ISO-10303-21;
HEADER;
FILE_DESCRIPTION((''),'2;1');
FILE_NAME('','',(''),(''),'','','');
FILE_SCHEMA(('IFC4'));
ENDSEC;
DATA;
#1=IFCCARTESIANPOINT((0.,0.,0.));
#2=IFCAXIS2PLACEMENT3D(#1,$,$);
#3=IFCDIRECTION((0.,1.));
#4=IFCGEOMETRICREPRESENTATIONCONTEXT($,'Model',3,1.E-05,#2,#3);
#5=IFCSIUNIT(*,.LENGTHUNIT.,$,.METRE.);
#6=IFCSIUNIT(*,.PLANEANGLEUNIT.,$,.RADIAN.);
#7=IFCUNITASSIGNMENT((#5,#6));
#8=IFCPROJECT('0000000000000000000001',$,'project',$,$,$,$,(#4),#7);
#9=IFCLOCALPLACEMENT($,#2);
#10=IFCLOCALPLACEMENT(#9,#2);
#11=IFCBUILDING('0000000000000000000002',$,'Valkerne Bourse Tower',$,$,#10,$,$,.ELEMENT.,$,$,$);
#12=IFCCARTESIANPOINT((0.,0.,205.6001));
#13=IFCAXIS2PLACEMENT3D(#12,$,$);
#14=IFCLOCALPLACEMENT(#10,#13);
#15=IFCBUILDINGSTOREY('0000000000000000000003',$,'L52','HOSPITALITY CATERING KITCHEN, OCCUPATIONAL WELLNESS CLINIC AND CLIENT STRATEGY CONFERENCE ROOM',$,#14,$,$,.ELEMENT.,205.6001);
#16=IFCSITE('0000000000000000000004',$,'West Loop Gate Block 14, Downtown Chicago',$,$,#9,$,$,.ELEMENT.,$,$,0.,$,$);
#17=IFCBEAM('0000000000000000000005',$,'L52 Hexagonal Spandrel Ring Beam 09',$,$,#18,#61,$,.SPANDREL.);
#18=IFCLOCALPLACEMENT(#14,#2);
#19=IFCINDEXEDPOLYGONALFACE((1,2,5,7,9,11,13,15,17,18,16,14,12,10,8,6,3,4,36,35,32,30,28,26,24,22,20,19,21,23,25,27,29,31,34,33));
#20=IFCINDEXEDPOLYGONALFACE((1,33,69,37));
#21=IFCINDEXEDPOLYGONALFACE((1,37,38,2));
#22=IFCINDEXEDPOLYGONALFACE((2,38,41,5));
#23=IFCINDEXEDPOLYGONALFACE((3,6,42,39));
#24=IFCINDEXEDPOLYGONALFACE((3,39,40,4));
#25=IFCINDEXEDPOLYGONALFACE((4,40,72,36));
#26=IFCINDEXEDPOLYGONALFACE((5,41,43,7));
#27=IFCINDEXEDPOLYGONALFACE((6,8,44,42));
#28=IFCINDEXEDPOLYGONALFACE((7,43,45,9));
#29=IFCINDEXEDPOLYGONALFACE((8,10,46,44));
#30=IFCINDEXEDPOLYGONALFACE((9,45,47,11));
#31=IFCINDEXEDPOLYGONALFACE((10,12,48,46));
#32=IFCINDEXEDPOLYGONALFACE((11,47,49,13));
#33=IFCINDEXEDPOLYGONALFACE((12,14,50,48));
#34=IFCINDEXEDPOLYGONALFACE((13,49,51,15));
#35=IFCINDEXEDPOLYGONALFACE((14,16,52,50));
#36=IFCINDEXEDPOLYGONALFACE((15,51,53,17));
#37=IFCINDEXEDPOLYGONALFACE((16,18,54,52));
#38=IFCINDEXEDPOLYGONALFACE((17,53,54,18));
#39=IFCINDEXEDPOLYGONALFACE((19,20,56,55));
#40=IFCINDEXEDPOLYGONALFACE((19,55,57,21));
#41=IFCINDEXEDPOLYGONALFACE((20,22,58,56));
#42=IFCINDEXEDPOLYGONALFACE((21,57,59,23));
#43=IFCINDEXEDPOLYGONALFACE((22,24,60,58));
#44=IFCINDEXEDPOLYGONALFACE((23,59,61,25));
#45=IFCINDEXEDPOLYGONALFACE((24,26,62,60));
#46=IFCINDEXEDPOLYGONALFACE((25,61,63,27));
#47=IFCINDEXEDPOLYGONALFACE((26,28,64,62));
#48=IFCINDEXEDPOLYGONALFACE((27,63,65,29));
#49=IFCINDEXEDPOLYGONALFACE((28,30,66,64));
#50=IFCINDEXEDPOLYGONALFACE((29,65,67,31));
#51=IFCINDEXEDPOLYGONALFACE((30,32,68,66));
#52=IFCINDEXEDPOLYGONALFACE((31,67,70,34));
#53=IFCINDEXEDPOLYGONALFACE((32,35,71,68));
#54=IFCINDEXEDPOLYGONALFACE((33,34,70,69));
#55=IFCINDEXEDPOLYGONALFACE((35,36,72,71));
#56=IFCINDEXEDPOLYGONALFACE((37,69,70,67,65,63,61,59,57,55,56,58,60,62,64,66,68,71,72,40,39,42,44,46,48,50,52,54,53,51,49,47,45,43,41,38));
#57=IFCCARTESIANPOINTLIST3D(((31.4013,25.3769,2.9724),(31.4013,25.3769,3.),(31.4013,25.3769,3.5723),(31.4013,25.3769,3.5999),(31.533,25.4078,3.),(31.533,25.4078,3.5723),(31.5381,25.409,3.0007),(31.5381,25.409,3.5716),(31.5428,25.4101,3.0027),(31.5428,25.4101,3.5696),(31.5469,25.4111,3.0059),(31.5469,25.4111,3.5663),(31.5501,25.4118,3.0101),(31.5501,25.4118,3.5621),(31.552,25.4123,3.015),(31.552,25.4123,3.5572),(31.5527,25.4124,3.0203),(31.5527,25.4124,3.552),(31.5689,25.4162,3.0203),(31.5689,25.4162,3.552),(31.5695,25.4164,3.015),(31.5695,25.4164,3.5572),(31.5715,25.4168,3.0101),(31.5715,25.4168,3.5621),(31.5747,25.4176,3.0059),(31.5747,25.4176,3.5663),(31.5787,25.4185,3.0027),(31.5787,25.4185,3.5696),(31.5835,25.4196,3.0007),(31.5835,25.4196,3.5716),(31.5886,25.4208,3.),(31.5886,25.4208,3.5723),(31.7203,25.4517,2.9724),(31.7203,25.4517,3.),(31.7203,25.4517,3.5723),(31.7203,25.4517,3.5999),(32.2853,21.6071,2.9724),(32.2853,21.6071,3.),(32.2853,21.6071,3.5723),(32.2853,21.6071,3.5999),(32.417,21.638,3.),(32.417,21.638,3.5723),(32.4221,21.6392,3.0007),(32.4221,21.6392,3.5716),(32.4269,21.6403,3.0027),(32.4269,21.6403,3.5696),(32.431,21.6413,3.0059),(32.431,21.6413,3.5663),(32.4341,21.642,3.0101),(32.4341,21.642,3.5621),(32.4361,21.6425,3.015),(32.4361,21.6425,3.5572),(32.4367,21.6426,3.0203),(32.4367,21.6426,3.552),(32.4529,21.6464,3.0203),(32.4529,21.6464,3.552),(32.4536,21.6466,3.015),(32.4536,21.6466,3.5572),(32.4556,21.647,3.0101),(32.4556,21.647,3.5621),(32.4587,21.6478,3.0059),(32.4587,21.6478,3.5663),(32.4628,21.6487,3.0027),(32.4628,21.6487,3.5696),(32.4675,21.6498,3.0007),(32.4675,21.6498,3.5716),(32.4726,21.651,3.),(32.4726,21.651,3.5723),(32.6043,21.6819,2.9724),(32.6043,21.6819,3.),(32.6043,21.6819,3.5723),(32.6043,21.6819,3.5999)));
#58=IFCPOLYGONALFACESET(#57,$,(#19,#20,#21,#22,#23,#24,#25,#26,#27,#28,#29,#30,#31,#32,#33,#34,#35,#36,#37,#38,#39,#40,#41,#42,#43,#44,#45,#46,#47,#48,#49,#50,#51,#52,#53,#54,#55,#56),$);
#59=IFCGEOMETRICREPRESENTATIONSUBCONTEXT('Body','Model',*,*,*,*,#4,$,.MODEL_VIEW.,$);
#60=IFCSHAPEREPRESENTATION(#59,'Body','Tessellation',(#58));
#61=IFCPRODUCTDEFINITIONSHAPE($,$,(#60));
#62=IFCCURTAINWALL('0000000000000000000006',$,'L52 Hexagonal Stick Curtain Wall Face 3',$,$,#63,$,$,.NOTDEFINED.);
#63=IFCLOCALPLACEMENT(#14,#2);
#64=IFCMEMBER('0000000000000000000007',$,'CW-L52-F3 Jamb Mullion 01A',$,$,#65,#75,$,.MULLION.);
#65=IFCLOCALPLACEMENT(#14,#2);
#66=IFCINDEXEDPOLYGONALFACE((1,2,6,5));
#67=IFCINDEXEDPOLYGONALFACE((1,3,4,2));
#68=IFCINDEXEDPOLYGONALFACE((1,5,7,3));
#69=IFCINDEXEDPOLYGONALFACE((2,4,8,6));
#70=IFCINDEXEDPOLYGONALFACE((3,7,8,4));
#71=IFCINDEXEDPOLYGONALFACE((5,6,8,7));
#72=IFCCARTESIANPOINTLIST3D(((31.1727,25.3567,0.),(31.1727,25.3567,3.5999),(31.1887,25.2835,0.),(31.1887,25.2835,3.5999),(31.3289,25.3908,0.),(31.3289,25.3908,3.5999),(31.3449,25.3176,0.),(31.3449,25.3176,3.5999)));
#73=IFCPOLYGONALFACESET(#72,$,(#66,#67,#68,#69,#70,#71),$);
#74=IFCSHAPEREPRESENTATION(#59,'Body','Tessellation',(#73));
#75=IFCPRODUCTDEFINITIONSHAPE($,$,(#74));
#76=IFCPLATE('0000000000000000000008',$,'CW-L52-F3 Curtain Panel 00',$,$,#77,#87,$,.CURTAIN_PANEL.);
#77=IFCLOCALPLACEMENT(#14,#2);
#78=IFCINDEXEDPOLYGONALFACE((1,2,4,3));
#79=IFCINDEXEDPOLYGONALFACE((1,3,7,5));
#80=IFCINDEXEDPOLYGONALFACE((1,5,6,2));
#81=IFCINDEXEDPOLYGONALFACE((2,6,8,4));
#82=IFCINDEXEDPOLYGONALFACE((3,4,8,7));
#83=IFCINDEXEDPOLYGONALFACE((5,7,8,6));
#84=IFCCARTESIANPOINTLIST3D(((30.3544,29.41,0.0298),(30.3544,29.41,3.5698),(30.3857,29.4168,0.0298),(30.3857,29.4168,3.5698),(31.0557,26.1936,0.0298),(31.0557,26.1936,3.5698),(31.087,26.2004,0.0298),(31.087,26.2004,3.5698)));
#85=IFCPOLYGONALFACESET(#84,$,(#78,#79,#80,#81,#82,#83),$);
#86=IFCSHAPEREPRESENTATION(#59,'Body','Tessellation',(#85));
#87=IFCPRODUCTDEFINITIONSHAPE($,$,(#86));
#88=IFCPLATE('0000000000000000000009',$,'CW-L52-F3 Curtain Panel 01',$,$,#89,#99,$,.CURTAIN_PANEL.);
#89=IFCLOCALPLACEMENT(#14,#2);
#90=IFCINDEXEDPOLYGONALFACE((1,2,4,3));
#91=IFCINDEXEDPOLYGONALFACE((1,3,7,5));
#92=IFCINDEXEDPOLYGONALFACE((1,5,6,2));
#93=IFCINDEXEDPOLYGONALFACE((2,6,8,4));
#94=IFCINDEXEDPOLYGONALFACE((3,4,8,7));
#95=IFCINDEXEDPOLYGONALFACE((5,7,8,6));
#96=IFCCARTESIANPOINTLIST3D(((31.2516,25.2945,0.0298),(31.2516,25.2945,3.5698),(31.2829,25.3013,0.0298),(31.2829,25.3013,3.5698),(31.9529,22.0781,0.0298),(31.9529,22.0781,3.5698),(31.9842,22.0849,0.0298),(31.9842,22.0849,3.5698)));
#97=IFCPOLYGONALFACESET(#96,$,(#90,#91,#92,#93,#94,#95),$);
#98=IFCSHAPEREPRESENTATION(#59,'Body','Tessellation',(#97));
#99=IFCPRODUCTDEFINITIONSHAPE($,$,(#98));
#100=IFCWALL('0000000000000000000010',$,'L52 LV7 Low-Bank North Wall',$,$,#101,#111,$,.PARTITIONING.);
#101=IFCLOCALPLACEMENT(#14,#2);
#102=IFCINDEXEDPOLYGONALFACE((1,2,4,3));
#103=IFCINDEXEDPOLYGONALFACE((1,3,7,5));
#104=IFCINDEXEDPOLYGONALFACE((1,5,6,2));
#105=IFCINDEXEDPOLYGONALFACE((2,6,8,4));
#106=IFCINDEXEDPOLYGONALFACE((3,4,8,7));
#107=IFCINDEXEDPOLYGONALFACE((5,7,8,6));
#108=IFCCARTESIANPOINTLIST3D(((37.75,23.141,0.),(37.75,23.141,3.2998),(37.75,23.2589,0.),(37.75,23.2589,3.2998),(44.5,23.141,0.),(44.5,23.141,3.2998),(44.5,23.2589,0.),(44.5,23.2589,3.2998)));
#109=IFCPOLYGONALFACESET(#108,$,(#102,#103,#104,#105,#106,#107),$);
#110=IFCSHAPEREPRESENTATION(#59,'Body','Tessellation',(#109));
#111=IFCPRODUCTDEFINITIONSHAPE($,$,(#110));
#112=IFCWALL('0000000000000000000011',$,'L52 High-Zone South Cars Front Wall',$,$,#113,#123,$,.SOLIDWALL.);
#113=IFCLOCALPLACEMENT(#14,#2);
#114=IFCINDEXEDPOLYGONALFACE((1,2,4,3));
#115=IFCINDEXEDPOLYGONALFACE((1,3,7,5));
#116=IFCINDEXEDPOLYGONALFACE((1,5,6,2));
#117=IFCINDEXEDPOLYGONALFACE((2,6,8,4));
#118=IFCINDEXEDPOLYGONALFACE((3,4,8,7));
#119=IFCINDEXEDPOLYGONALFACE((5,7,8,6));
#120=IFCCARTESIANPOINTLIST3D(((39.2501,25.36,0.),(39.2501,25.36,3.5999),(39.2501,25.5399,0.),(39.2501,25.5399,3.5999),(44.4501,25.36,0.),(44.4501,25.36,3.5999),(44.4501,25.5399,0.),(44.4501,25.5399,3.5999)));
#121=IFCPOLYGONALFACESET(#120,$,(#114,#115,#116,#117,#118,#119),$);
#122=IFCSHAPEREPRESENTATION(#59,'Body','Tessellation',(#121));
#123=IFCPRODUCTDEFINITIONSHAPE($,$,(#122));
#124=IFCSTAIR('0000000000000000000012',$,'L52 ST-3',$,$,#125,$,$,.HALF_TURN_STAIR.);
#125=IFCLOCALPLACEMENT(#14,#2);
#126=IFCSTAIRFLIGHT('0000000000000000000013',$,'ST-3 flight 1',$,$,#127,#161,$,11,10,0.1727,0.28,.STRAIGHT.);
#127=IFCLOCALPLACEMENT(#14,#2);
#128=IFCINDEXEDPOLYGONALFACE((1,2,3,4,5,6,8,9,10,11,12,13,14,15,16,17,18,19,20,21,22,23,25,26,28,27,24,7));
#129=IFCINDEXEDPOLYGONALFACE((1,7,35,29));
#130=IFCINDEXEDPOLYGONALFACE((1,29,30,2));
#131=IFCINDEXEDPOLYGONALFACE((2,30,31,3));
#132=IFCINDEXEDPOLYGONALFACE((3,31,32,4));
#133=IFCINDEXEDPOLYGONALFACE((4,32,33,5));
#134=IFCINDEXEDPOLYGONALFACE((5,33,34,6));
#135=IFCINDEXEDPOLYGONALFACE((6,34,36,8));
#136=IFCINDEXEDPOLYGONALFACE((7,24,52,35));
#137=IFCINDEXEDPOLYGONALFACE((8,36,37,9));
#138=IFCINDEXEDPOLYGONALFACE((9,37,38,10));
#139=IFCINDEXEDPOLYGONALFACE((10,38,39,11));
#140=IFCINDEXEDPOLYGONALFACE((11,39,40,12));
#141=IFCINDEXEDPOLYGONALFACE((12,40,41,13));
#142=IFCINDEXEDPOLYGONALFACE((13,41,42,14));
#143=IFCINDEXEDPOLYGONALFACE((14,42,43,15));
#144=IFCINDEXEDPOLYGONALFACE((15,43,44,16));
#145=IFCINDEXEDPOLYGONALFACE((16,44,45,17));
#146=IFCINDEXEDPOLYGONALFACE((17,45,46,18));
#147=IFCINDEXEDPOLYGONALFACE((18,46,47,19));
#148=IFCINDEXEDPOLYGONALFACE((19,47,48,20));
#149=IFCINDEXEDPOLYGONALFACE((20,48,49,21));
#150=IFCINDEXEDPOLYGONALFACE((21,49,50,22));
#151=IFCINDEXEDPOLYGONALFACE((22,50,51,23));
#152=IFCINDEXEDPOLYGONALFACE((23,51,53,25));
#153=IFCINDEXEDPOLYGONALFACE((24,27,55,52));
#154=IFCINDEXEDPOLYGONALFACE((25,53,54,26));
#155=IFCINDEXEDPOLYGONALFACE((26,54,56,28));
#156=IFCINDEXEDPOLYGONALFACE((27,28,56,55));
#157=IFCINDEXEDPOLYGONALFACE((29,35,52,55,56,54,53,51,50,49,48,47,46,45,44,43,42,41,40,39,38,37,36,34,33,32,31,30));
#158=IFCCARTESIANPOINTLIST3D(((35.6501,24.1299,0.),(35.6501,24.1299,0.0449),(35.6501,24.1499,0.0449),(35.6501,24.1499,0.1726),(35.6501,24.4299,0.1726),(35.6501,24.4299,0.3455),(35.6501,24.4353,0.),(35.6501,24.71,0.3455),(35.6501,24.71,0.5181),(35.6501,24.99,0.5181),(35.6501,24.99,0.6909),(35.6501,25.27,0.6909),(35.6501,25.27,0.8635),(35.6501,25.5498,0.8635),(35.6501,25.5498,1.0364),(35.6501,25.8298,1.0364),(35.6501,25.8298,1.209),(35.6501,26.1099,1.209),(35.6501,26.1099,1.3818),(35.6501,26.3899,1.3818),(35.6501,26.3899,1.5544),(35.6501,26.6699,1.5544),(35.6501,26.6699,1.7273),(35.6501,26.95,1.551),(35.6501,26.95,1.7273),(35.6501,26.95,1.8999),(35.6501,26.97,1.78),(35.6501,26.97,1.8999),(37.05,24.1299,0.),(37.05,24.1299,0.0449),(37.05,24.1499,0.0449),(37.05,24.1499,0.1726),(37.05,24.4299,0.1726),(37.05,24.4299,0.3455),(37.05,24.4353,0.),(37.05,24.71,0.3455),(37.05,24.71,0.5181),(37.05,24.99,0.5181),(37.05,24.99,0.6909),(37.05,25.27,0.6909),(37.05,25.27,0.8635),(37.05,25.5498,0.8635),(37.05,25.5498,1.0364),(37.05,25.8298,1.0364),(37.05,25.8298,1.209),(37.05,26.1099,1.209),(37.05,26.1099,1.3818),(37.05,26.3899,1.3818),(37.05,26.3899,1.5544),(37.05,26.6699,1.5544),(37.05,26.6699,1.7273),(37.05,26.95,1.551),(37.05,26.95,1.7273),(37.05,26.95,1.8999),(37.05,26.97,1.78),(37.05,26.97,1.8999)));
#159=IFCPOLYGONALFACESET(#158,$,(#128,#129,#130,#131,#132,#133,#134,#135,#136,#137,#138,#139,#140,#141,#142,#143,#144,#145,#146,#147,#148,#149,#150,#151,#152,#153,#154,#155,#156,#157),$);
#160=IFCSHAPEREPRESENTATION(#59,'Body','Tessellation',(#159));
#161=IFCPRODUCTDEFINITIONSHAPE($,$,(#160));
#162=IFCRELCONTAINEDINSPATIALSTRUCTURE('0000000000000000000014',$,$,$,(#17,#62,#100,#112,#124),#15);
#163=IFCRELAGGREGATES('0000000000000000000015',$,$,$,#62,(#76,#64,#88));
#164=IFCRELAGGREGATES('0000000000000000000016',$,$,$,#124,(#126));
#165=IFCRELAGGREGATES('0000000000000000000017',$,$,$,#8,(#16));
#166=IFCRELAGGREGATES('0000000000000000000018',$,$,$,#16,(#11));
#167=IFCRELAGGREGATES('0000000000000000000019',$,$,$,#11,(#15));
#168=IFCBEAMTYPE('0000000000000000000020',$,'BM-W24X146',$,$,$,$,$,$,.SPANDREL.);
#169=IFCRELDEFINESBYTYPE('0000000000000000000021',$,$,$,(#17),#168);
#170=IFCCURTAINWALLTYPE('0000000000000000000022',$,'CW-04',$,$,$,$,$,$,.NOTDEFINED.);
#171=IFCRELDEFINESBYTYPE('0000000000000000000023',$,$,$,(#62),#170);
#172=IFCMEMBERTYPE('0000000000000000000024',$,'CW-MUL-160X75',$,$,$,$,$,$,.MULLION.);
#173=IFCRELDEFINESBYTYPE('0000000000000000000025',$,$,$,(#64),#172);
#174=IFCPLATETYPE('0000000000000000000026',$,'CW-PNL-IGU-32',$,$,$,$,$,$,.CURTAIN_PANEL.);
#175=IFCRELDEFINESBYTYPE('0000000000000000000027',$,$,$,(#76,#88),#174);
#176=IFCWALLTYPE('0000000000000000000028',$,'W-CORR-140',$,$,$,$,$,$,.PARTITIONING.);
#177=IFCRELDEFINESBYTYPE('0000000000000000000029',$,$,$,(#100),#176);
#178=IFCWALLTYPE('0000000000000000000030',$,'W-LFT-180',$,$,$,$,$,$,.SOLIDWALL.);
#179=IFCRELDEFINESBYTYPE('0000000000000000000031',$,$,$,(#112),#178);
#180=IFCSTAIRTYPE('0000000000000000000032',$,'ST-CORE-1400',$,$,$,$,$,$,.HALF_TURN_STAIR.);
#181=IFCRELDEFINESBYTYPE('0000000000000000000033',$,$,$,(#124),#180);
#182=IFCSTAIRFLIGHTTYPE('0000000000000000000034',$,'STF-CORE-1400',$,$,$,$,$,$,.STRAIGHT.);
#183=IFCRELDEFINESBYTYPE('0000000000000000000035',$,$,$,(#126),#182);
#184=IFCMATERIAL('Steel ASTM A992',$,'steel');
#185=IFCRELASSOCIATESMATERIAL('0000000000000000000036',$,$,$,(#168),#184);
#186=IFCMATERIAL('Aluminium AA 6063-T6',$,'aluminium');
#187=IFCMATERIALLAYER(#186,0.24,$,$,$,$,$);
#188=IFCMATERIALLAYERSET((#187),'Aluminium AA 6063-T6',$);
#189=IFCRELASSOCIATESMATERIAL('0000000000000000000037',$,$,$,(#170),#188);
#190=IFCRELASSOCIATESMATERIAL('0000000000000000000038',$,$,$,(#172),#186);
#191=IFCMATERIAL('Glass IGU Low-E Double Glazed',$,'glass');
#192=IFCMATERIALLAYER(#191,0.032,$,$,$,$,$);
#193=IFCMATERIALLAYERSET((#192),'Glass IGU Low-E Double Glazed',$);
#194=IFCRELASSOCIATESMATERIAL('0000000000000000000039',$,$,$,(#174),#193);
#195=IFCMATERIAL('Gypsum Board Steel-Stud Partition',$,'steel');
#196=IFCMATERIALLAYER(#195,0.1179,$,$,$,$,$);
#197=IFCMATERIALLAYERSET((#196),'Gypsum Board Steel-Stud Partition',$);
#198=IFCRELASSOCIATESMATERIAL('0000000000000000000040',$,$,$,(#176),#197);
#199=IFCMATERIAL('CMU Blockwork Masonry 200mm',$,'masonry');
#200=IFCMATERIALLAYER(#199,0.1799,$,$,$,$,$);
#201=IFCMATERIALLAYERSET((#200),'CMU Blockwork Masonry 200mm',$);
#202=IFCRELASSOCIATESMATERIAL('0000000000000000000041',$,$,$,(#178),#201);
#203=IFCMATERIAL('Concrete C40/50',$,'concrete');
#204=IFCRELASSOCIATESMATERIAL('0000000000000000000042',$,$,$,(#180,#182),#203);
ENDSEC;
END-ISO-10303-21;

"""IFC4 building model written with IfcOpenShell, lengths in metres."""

from ifc_helpers import new_model, si_unit, direction, frame, frame_2d, origin, origin_2d, place, context, subcontext, project, spatial, polyline, rectangle, i_section, outline, extrude, material, layer, layer_set, material_profile, profile_set, type_object, element, aggregate, save


model = new_model("IFC4")

# Units and contexts
model_context = context("Model", 3, precision=1e-05, world=origin(), true_north=direction((0.0, 1.0)))
body_context = subcontext(model_context, "Body", "Model", "MODEL_VIEW")
ifc_project = project(units=[si_unit("LENGTHUNIT", "METRE"), si_unit("PLANEANGLEUNIT", "RADIAN")], contexts=[model_context])

# Site, building, storey
site_placement = place(None, origin())
site = spatial("IfcSite", under=ifc_project, at=site_placement, Name="West Loop Gate Block 14, Downtown Chicago", CompositionType="ELEMENT", RefElevation=0.0)
building_placement = place(site_placement, origin())
building = spatial("IfcBuilding", under=site, at=building_placement, Name="Valkerne Bourse Tower", CompositionType="ELEMENT")
storey_placement = place(building_placement, frame((0.0, 0.0, 205.6001)))
storey = spatial("IfcBuildingStorey", under=building, at=storey_placement, Name="L52", Description="HOSPITALITY CATERING KITCHEN, OCCUPATIONAL WELLNESS CLINIC AND CLIENT STRATEGY CONFERENCE ROOM", CompositionType="ELEMENT", Elevation=205.6001)

# Beam
ifc_material_1 = material(Name="Steel ASTM A992", Category="steel")
ifc_material_profile_1 = material_profile(ifc_material_1, i_section(OverallWidth=0.3276, OverallDepth=0.6274, WebThickness=0.0166, FlangeThickness=0.0276, FilletRadius=0.0203, at=origin_2d()), Name="W24X146")
ifc_profile_set_1 = profile_set([ifc_material_profile_1], Name="Steel ASTM A992")
beam_type_1 = type_object("IfcBeamType", Name="BM-W24X146", PredefinedType="SPANDREL", material=ifc_profile_set_1)
beam_1_placement = place(storey_placement, frame((31.5608, 25.4143, 3.2861), z_axis=(0.228312, -0.973588, 0.0), x_axis=(0.973588, 0.228312, 0.0)))
element("IfcBeam", 1, at=beam_1_placement, inside=storey, type_object=beam_type_1, Name="L52 Hexagonal Spandrel Ring Beam 09", PredefinedType="SPANDREL", context=body_context, shape_type="SweptSolid", body=[
    extrude(i_section(OverallWidth=0.3276, OverallDepth=0.6274, WebThickness=0.0166, FlangeThickness=0.0276, FilletRadius=0.0203, at=origin_2d()), origin(), (0.0, 0.0, 1.0), 3.8721),
])

# Curtain wall, member, plates
ifc_material_2 = material(Name="Aluminium AA 6063-T6", Category="aluminium")
ifc_layer_1 = layer(ifc_material_2, 0.24)
ifc_layer_set_1 = layer_set([ifc_layer_1], Name="Aluminium AA 6063-T6")
curtain_wall_type = type_object("IfcCurtainWallType", Name="CW-04", PredefinedType="NOTDEFINED", material=ifc_layer_set_1)
curtain_wall_placement = place(storey_placement, origin())
curtain_wall = element("IfcCurtainWall", 2, at=curtain_wall_placement, inside=storey, type_object=curtain_wall_type, Name="L52 Hexagonal Stick Curtain Wall Face 3", PredefinedType="NOTDEFINED")
ifc_material_profile_2 = material_profile(ifc_material_2, rectangle(XDim=0.075, YDim=0.1599, at=origin_2d()), Name="CWM-75X160")
ifc_profile_set_2 = profile_set([ifc_material_profile_2], Name="Aluminium AA 6063-T6")
member_type = type_object("IfcMemberType", Name="CW-MUL-160X75", PredefinedType="MULLION", material=ifc_profile_set_2)
member_placement = place(storey_placement, frame((31.2588, 25.3372, 0.0), z_axis=(0.0, 0.0, 1.0), x_axis=(0.21303, -0.977046, 0.0)))
member = element("IfcMember", 3, at=member_placement, type_object=member_type, Name="CW-L52-F3 Jamb Mullion 01A", PredefinedType="MULLION", context=body_context, shape_type="SweptSolid", body=[
    extrude(rectangle(XDim=0.075, YDim=0.1599, at=origin_2d()), origin(), (0.0, 0.0, 1.0), 3.5999),
])
ifc_material_3 = material(Name="Glass IGU Low-E Double Glazed", Category="glass")
ifc_layer_2 = layer(ifc_material_3, 0.032)
ifc_layer_set_2 = layer_set([ifc_layer_2], Name="Glass IGU Low-E Double Glazed")
plate_type = type_object("IfcPlateType", Name="CW-PNL-IGU-32", PredefinedType="CURTAIN_PANEL", material=ifc_layer_set_2)
plate_1_placement = place(storey_placement, frame((30.7207, 27.8052, 0.0298), z_axis=(0.0, 0.0, 1.0), x_axis=(0.213035, -0.977045, 0.0)))
plate_1 = element("IfcPlate", 4, at=plate_1_placement, type_object=plate_type, Name="CW-L52-F3 Curtain Panel 00", PredefinedType="CURTAIN_PANEL", context=body_context, shape_type="SweptSolid", body=[
    extrude(rectangle(XDim=3.292, YDim=0.032, at=origin_2d()), origin(), (0.0, 0.0, 1.0), 3.54),
])
plate_2_placement = place(storey_placement, frame((31.6179, 23.6897, 0.0298), z_axis=(0.0, 0.0, 1.0), x_axis=(0.21303, -0.977046, 0.0)))
plate_2 = element("IfcPlate", 5, at=plate_2_placement, type_object=plate_type, Name="CW-L52-F3 Curtain Panel 01", PredefinedType="CURTAIN_PANEL", context=body_context, shape_type="SweptSolid", body=[
    extrude(rectangle(XDim=3.292, YDim=0.032, at=origin_2d()), origin(), (0.0, 0.0, 1.0), 3.54),
])
aggregate(curtain_wall, [plate_1, member, plate_2])

# Walls
ifc_material_4 = material(Name="Gypsum Board Steel-Stud Partition", Category="steel")
ifc_layer_3 = layer(ifc_material_4, 0.1179)
ifc_layer_set_3 = layer_set([ifc_layer_3], Name="Gypsum Board Steel-Stud Partition")
wall_type_1 = type_object("IfcWallType", Name="W-CORR-140", PredefinedType="PARTITIONING", material=ifc_layer_set_3)
wall_1_placement = place(storey_placement, frame((37.75, 23.2, 0.0), z_axis=(0.0, 0.0, 1.0), x_axis=(1.0, 0.0, 0.0)))
element("IfcWall", 6, at=wall_1_placement, inside=storey, type_object=wall_type_1, Name="L52 LV7 Low-Bank North Wall", PredefinedType="PARTITIONING", context=body_context, shape_type="SweptSolid", body=[
    extrude(rectangle(XDim=6.75, YDim=0.1179, at=frame_2d((3.375, 0.0))), origin(), (0.0, 0.0, 1.0), 3.2998),
])
ifc_material_5 = material(Name="CMU Blockwork Masonry 200mm", Category="masonry")
ifc_layer_4 = layer(ifc_material_5, 0.1799)
ifc_layer_set_4 = layer_set([ifc_layer_4], Name="CMU Blockwork Masonry 200mm")
wall_type_2 = type_object("IfcWallType", Name="W-LFT-180", PredefinedType="SOLIDWALL", material=ifc_layer_set_4)
wall_2_placement = place(storey_placement, frame((39.25, 25.45, 0.0), z_axis=(0.0, 0.0, 1.0), x_axis=(1.0, 0.0, 0.0)))
element("IfcWall", 7, at=wall_2_placement, inside=storey, type_object=wall_type_2, Name="L52 High-Zone South Cars Front Wall", PredefinedType="SOLIDWALL", context=body_context, shape_type="SweptSolid", body=[
    extrude(rectangle(XDim=5.2, YDim=0.1799, at=frame_2d((2.6001, 0.0))), origin(), (0.0, 0.0, 1.0), 3.5999),
])

# Stair, stair flight
ifc_material_6 = material(Name="Concrete C40/50", Category="concrete")
stair_type = type_object("IfcStairType", Name="ST-CORE-1400", PredefinedType="HALF_TURN_STAIR", material=ifc_material_6)
stair_placement = place(storey_placement, origin())
stair = element("IfcStair", 8, at=stair_placement, inside=storey, type_object=stair_type, Name="L52 ST-3", PredefinedType="HALF_TURN_STAIR")
stair_flight_type = type_object("IfcStairFlightType", Name="STF-CORE-1400", PredefinedType="STRAIGHT", material=ifc_material_6)
stair_flight_1_placement = place(storey_placement, frame((36.3501, 24.1499, 0.0), z_axis=(0.0, 0.0, 1.0), x_axis=(0.0, 1.0, 0.0)))
stair_flight_1 = element("IfcStairFlight", 9, at=stair_flight_1_placement, type_object=stair_flight_type, Name="ST-3 flight 1", NumberOfRisers=11, NumberOfTreads=10, PredefinedType="STRAIGHT", RiserHeight=0.1727, TreadLength=0.28, context=body_context, shape_type="SweptSolid", body=[
    extrude(outline(polyline([(-0.02, 0.0), (-0.02, 0.0449), (0.0, 0.0449), (0.0, 0.1726), (0.28, 0.1726), (0.28, 0.3455), (0.5601, 0.3455), (0.5601, 0.5181), (0.8401, 0.5181), (0.8401, 0.6909), (1.1201, 0.6909), (1.1201, 0.8635), (1.3999, 0.8635), (1.3999, 1.0364), (1.6799, 1.0364), (1.6799, 1.209), (1.96, 1.209), (1.96, 1.3818), (2.24, 1.3818), (2.24, 1.5544), (2.52, 1.5544), (2.52, 1.7273), (2.8, 1.7273), (2.8, 1.8999), (2.8201, 1.8999), (2.8201, 1.78), (2.8, 1.551), (0.2854, 0.0), (-0.02, 0.0)])), frame((0.0, 0.7, 0.0), z_axis=(0.0, -1.0, 0.0), x_axis=(1.0, 0.0, 0.0)), (0.0, 0.0, 1.0), 1.3999),
])
aggregate(stair, [stair_flight_1])

save(model, "model.ifc")
